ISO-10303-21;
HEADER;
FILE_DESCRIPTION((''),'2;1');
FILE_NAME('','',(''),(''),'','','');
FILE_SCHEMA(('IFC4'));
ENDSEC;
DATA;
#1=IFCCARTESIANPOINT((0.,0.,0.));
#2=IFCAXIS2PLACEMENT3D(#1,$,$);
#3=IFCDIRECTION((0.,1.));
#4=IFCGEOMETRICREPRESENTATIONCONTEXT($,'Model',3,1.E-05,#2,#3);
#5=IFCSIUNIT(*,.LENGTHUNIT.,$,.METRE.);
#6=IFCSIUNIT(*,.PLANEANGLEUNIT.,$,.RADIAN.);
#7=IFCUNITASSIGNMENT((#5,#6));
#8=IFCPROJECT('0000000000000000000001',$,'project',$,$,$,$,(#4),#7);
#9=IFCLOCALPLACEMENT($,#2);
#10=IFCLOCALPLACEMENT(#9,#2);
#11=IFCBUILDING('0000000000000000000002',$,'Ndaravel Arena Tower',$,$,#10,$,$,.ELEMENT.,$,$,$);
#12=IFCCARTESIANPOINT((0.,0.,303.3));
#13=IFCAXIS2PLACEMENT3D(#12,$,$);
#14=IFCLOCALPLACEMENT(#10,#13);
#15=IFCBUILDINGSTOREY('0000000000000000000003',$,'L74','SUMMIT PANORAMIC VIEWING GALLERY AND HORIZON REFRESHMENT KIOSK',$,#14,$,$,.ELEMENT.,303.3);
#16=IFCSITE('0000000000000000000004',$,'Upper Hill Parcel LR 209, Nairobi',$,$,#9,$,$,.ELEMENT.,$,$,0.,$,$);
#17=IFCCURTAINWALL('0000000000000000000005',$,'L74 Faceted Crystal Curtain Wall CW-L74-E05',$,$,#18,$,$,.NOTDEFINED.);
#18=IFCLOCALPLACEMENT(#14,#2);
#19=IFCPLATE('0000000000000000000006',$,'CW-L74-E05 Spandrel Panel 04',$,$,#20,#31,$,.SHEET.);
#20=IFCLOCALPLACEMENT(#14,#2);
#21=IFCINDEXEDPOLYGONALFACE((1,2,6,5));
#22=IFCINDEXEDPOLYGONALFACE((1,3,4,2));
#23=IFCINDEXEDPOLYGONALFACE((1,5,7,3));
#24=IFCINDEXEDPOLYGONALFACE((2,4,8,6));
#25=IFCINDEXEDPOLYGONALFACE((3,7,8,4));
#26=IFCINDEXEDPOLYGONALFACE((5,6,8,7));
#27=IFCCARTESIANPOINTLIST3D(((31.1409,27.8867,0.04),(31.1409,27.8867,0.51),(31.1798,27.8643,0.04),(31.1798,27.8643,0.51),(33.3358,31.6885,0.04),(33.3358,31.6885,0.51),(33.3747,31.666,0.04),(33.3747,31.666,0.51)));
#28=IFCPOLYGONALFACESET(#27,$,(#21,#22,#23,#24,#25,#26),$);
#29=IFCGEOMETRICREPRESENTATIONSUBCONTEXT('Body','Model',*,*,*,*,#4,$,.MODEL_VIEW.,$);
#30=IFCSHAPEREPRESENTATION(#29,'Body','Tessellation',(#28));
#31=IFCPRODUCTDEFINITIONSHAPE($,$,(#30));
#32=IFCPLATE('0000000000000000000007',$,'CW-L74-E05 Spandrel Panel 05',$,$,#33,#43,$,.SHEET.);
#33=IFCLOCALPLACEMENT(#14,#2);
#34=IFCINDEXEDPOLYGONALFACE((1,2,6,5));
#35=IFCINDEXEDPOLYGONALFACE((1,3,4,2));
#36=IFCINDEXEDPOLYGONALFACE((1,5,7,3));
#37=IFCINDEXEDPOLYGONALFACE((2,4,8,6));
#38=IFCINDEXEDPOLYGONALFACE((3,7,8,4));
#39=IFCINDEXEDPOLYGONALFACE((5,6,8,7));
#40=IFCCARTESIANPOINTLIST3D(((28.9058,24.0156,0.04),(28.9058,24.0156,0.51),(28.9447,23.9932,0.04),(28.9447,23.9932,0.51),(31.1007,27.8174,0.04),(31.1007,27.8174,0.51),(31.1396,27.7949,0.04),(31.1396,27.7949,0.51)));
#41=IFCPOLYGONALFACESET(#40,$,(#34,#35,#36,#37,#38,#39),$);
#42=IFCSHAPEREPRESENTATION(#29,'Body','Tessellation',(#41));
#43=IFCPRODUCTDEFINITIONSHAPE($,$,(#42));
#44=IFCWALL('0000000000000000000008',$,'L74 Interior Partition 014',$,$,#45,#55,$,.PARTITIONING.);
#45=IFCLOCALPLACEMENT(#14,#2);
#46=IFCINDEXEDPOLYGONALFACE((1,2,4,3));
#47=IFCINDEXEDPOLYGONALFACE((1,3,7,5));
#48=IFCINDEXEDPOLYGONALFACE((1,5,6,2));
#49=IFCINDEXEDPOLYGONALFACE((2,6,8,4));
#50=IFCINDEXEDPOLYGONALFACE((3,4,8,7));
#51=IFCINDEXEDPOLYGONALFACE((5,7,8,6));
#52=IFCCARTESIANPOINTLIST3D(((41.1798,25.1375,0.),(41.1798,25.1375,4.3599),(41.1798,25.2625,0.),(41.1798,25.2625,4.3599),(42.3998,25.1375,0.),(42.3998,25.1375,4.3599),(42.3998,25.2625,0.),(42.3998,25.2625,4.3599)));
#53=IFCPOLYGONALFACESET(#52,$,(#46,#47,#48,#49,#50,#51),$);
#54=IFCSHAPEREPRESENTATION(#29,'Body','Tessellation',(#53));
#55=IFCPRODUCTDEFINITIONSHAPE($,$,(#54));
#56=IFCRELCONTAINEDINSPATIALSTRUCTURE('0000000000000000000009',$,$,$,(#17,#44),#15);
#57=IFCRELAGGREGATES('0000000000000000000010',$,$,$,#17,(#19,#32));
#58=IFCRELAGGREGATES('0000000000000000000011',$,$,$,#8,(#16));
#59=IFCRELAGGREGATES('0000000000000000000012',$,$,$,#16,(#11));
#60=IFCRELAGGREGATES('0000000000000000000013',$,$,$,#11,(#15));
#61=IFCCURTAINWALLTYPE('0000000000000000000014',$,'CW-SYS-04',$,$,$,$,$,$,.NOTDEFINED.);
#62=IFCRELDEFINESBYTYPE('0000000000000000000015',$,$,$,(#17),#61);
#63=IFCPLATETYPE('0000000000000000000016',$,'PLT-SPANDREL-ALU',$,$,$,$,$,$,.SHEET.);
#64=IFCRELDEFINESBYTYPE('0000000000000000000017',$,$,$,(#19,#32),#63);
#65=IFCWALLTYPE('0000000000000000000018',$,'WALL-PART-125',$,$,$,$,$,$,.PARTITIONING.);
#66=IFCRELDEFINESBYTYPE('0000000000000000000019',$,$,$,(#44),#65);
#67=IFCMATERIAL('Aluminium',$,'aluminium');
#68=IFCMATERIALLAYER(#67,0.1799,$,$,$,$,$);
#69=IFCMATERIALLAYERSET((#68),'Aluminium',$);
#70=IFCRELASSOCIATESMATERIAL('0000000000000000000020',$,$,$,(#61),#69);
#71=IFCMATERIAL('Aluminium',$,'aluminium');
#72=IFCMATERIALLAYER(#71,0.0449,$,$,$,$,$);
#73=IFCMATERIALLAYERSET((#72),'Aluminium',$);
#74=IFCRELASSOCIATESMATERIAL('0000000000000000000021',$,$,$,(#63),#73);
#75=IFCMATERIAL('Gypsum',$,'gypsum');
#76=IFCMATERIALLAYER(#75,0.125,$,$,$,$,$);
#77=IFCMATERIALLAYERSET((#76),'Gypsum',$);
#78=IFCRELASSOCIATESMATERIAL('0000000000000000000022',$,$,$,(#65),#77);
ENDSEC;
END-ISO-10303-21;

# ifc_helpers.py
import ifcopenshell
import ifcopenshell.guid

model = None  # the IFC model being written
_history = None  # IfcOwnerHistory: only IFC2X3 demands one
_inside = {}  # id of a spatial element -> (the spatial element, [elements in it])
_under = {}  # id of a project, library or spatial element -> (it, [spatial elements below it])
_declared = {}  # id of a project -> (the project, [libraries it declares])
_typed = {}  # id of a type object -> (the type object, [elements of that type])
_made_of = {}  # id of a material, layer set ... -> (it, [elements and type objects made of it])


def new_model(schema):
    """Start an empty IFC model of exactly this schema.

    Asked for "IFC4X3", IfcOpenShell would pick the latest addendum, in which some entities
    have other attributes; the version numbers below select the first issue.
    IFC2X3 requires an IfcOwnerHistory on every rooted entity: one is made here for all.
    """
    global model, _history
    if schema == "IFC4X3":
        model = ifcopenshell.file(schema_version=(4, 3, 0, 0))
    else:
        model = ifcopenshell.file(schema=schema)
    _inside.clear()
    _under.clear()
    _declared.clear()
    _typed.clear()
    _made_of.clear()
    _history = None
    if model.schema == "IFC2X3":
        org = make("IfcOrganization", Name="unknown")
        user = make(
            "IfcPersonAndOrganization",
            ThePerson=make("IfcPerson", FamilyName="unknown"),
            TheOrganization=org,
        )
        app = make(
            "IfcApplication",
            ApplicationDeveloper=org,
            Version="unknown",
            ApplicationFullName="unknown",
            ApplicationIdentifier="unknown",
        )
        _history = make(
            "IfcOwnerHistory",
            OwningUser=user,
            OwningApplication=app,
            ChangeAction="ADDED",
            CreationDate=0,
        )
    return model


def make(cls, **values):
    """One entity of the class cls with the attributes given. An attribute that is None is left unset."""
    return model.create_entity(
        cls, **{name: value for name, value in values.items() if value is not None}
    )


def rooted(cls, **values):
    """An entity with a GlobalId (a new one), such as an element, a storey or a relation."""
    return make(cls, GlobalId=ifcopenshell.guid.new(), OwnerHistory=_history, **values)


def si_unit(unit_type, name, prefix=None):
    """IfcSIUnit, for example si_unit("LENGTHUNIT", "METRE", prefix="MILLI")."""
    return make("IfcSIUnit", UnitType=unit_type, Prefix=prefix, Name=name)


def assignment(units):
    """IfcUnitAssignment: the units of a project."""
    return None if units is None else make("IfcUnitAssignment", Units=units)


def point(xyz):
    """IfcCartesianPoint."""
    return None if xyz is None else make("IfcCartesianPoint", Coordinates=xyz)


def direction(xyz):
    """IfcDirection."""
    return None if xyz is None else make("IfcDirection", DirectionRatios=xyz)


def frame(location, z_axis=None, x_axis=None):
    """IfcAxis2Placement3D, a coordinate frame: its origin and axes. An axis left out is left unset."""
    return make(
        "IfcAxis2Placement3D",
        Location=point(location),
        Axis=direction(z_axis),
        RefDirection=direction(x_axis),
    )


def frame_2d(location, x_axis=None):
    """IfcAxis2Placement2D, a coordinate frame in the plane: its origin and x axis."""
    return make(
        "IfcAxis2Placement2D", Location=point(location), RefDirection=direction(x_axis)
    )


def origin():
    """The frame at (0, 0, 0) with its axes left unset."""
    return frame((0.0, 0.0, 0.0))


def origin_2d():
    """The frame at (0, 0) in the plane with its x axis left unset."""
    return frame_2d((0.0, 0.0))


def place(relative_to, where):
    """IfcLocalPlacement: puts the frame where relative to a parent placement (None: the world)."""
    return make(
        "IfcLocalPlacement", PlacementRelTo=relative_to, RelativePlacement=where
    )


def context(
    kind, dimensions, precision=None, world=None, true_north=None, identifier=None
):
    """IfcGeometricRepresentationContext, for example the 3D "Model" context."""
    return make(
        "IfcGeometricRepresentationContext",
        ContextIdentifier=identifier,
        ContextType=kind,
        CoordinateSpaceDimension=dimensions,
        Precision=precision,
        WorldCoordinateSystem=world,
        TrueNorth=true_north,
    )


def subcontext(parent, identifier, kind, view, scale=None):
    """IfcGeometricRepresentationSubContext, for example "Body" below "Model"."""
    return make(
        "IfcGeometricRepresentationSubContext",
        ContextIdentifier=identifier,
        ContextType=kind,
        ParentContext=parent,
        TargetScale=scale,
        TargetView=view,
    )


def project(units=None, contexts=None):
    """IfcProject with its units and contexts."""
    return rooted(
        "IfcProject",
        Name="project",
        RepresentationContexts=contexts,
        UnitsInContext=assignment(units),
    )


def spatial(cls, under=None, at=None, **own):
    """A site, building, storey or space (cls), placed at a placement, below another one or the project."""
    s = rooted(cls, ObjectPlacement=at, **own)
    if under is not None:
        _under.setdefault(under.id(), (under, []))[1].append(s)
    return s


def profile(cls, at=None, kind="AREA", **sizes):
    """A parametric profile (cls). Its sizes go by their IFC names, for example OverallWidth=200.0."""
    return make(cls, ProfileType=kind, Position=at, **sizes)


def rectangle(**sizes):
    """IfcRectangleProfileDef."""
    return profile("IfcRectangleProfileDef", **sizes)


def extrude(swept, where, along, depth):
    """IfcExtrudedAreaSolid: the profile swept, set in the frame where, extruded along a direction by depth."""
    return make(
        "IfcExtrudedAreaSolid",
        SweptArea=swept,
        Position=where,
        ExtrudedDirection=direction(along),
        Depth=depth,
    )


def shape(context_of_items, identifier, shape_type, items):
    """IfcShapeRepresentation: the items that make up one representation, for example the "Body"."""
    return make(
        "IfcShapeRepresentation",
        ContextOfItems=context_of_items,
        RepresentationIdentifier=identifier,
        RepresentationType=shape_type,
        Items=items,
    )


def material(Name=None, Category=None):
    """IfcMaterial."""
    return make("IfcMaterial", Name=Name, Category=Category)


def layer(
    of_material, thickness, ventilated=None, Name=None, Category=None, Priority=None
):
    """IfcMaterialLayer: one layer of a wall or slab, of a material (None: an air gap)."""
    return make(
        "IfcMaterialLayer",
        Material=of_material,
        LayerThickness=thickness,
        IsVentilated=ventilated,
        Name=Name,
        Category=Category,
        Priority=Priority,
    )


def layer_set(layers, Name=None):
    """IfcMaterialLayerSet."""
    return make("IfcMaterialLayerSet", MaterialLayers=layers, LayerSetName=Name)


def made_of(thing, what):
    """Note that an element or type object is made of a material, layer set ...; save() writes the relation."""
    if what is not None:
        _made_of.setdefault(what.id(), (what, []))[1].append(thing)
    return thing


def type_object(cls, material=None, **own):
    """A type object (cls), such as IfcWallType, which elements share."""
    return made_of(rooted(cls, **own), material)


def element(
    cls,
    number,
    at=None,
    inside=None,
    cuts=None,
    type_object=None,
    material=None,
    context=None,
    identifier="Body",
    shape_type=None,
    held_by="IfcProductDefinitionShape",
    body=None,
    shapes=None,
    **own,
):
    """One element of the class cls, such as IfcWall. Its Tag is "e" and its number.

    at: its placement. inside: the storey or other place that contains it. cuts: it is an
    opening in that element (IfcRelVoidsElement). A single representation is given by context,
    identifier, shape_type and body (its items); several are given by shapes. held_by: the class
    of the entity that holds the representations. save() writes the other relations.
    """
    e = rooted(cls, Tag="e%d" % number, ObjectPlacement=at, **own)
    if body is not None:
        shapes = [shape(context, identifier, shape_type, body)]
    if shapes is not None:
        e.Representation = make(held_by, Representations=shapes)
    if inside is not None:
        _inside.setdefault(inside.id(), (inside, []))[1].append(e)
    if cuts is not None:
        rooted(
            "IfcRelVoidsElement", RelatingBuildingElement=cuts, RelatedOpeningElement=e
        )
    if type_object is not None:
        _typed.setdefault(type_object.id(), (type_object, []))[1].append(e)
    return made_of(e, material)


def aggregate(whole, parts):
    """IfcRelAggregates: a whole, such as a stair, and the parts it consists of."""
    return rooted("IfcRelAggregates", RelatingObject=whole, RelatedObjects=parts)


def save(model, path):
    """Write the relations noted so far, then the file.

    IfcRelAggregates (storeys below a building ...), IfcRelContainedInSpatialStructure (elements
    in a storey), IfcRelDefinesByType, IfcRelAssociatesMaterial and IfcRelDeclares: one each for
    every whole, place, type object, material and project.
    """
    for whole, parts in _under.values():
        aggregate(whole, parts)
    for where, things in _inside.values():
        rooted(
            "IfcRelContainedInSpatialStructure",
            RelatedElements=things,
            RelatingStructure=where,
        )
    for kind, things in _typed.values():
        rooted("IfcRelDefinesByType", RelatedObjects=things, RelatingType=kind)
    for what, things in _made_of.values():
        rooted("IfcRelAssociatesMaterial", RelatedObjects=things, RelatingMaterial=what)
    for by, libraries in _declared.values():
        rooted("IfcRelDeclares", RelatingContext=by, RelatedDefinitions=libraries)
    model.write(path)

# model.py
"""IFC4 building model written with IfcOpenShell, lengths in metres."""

from ifc_helpers import new_model, si_unit, direction, frame, frame_2d, origin, origin_2d, place, context, subcontext, project, spatial, rectangle, extrude, material, layer, layer_set, type_object, element, aggregate, save


model = new_model("IFC4")

# Units and contexts
model_context = context("Model", 3, precision=1e-05, world=origin(), true_north=direction((0.0, 1.0)))
body_context = subcontext(model_context, "Body", "Model", "MODEL_VIEW")
ifc_project = project(units=[si_unit("LENGTHUNIT", "METRE"), si_unit("PLANEANGLEUNIT", "RADIAN")], contexts=[model_context])

# Site, building, storey
site_placement = place(None, origin())
site = spatial("IfcSite", under=ifc_project, at=site_placement, Name="Upper Hill Parcel LR 209, Nairobi", CompositionType="ELEMENT", RefElevation=0.0)
building_placement = place(site_placement, origin())
building = spatial("IfcBuilding", under=site, at=building_placement, Name="Ndaravel Arena Tower", CompositionType="ELEMENT")
storey_placement = place(building_placement, frame((0.0, 0.0, 303.3)))
storey = spatial("IfcBuildingStorey", under=building, at=storey_placement, Name="L74", Description="SUMMIT PANORAMIC VIEWING GALLERY AND HORIZON REFRESHMENT KIOSK", CompositionType="ELEMENT", Elevation=303.3)

# Curtain wall
ifc_material_1 = material(Name="Aluminium", Category="aluminium")
ifc_layer_1 = layer(ifc_material_1, 0.1799)
ifc_layer_set_1 = layer_set([ifc_layer_1], Name="Aluminium")
curtain_wall_type = type_object("IfcCurtainWallType", Name="CW-SYS-04", PredefinedType="NOTDEFINED", material=ifc_layer_set_1)
curtain_wall_1_placement = place(storey_placement, origin())
curtain_wall_1 = element("IfcCurtainWall", 1, at=curtain_wall_1_placement, inside=storey, type_object=curtain_wall_type, Name="L74 Faceted Crystal Curtain Wall CW-L74-E05", PredefinedType="NOTDEFINED")

# Plates
ifc_material_2 = material(Name="Aluminium", Category="aluminium")
ifc_layer_2 = layer(ifc_material_2, 0.0449)
ifc_layer_set_2 = layer_set([ifc_layer_2], Name="Aluminium")
plate_type_1 = type_object("IfcPlateType", Name="PLT-SPANDREL-ALU", PredefinedType="SHEET", material=ifc_layer_set_2)
plate_1_placement = place(storey_placement, frame((32.2578, 29.7764, 0.04), z_axis=(0.0, 0.0, 1.0), x_axis=(-0.5, -0.866025, 0.0)))
plate_1 = element("IfcPlate", 2, at=plate_1_placement, type_object=plate_type_1, Name="CW-L74-E05 Spandrel Panel 04", PredefinedType="SHEET", context=body_context, shape_type="SweptSolid", body=[
    extrude(rectangle(XDim=4.3899, YDim=0.0449, at=origin_2d()), origin(), (0.0, 0.0, 1.0), 0.47),
])
plate_2_placement = place(storey_placement, frame((30.0227, 25.9053, 0.04), z_axis=(0.0, 0.0, 1.0), x_axis=(-0.5, -0.866025, 0.0)))
plate_2 = element("IfcPlate", 3, at=plate_2_placement, type_object=plate_type_1, Name="CW-L74-E05 Spandrel Panel 05", PredefinedType="SHEET", context=body_context, shape_type="SweptSolid", body=[
    extrude(rectangle(XDim=4.3899, YDim=0.0449, at=origin_2d()), origin(), (0.0, 0.0, 1.0), 0.47),
])
aggregate(curtain_wall_1, [plate_1, plate_2])

# Wall
ifc_material_3 = material(Name="Gypsum", Category="gypsum")
ifc_layer_3 = layer(ifc_material_3, 0.125)
ifc_layer_set_3 = layer_set([ifc_layer_3], Name="Gypsum")
wall_type = type_object("IfcWallType", Name="WALL-PART-125", PredefinedType="PARTITIONING", material=ifc_layer_set_3)
wall_placement = place(storey_placement, frame((41.1799, 25.2, 0.0), z_axis=(0.0, 0.0, 1.0), x_axis=(1.0, 0.0, 0.0)))
element("IfcWall", 4, at=wall_placement, inside=storey, type_object=wall_type, Name="L74 Interior Partition 014", PredefinedType="PARTITIONING", context=body_context, shape_type="SweptSolid", body=[
    extrude(rectangle(XDim=1.22, YDim=0.125, at=frame_2d((0.6099, 0.0))), origin(), (0.0, 0.0, 1.0), 4.3599),
])

save(model, "model.ifc")
